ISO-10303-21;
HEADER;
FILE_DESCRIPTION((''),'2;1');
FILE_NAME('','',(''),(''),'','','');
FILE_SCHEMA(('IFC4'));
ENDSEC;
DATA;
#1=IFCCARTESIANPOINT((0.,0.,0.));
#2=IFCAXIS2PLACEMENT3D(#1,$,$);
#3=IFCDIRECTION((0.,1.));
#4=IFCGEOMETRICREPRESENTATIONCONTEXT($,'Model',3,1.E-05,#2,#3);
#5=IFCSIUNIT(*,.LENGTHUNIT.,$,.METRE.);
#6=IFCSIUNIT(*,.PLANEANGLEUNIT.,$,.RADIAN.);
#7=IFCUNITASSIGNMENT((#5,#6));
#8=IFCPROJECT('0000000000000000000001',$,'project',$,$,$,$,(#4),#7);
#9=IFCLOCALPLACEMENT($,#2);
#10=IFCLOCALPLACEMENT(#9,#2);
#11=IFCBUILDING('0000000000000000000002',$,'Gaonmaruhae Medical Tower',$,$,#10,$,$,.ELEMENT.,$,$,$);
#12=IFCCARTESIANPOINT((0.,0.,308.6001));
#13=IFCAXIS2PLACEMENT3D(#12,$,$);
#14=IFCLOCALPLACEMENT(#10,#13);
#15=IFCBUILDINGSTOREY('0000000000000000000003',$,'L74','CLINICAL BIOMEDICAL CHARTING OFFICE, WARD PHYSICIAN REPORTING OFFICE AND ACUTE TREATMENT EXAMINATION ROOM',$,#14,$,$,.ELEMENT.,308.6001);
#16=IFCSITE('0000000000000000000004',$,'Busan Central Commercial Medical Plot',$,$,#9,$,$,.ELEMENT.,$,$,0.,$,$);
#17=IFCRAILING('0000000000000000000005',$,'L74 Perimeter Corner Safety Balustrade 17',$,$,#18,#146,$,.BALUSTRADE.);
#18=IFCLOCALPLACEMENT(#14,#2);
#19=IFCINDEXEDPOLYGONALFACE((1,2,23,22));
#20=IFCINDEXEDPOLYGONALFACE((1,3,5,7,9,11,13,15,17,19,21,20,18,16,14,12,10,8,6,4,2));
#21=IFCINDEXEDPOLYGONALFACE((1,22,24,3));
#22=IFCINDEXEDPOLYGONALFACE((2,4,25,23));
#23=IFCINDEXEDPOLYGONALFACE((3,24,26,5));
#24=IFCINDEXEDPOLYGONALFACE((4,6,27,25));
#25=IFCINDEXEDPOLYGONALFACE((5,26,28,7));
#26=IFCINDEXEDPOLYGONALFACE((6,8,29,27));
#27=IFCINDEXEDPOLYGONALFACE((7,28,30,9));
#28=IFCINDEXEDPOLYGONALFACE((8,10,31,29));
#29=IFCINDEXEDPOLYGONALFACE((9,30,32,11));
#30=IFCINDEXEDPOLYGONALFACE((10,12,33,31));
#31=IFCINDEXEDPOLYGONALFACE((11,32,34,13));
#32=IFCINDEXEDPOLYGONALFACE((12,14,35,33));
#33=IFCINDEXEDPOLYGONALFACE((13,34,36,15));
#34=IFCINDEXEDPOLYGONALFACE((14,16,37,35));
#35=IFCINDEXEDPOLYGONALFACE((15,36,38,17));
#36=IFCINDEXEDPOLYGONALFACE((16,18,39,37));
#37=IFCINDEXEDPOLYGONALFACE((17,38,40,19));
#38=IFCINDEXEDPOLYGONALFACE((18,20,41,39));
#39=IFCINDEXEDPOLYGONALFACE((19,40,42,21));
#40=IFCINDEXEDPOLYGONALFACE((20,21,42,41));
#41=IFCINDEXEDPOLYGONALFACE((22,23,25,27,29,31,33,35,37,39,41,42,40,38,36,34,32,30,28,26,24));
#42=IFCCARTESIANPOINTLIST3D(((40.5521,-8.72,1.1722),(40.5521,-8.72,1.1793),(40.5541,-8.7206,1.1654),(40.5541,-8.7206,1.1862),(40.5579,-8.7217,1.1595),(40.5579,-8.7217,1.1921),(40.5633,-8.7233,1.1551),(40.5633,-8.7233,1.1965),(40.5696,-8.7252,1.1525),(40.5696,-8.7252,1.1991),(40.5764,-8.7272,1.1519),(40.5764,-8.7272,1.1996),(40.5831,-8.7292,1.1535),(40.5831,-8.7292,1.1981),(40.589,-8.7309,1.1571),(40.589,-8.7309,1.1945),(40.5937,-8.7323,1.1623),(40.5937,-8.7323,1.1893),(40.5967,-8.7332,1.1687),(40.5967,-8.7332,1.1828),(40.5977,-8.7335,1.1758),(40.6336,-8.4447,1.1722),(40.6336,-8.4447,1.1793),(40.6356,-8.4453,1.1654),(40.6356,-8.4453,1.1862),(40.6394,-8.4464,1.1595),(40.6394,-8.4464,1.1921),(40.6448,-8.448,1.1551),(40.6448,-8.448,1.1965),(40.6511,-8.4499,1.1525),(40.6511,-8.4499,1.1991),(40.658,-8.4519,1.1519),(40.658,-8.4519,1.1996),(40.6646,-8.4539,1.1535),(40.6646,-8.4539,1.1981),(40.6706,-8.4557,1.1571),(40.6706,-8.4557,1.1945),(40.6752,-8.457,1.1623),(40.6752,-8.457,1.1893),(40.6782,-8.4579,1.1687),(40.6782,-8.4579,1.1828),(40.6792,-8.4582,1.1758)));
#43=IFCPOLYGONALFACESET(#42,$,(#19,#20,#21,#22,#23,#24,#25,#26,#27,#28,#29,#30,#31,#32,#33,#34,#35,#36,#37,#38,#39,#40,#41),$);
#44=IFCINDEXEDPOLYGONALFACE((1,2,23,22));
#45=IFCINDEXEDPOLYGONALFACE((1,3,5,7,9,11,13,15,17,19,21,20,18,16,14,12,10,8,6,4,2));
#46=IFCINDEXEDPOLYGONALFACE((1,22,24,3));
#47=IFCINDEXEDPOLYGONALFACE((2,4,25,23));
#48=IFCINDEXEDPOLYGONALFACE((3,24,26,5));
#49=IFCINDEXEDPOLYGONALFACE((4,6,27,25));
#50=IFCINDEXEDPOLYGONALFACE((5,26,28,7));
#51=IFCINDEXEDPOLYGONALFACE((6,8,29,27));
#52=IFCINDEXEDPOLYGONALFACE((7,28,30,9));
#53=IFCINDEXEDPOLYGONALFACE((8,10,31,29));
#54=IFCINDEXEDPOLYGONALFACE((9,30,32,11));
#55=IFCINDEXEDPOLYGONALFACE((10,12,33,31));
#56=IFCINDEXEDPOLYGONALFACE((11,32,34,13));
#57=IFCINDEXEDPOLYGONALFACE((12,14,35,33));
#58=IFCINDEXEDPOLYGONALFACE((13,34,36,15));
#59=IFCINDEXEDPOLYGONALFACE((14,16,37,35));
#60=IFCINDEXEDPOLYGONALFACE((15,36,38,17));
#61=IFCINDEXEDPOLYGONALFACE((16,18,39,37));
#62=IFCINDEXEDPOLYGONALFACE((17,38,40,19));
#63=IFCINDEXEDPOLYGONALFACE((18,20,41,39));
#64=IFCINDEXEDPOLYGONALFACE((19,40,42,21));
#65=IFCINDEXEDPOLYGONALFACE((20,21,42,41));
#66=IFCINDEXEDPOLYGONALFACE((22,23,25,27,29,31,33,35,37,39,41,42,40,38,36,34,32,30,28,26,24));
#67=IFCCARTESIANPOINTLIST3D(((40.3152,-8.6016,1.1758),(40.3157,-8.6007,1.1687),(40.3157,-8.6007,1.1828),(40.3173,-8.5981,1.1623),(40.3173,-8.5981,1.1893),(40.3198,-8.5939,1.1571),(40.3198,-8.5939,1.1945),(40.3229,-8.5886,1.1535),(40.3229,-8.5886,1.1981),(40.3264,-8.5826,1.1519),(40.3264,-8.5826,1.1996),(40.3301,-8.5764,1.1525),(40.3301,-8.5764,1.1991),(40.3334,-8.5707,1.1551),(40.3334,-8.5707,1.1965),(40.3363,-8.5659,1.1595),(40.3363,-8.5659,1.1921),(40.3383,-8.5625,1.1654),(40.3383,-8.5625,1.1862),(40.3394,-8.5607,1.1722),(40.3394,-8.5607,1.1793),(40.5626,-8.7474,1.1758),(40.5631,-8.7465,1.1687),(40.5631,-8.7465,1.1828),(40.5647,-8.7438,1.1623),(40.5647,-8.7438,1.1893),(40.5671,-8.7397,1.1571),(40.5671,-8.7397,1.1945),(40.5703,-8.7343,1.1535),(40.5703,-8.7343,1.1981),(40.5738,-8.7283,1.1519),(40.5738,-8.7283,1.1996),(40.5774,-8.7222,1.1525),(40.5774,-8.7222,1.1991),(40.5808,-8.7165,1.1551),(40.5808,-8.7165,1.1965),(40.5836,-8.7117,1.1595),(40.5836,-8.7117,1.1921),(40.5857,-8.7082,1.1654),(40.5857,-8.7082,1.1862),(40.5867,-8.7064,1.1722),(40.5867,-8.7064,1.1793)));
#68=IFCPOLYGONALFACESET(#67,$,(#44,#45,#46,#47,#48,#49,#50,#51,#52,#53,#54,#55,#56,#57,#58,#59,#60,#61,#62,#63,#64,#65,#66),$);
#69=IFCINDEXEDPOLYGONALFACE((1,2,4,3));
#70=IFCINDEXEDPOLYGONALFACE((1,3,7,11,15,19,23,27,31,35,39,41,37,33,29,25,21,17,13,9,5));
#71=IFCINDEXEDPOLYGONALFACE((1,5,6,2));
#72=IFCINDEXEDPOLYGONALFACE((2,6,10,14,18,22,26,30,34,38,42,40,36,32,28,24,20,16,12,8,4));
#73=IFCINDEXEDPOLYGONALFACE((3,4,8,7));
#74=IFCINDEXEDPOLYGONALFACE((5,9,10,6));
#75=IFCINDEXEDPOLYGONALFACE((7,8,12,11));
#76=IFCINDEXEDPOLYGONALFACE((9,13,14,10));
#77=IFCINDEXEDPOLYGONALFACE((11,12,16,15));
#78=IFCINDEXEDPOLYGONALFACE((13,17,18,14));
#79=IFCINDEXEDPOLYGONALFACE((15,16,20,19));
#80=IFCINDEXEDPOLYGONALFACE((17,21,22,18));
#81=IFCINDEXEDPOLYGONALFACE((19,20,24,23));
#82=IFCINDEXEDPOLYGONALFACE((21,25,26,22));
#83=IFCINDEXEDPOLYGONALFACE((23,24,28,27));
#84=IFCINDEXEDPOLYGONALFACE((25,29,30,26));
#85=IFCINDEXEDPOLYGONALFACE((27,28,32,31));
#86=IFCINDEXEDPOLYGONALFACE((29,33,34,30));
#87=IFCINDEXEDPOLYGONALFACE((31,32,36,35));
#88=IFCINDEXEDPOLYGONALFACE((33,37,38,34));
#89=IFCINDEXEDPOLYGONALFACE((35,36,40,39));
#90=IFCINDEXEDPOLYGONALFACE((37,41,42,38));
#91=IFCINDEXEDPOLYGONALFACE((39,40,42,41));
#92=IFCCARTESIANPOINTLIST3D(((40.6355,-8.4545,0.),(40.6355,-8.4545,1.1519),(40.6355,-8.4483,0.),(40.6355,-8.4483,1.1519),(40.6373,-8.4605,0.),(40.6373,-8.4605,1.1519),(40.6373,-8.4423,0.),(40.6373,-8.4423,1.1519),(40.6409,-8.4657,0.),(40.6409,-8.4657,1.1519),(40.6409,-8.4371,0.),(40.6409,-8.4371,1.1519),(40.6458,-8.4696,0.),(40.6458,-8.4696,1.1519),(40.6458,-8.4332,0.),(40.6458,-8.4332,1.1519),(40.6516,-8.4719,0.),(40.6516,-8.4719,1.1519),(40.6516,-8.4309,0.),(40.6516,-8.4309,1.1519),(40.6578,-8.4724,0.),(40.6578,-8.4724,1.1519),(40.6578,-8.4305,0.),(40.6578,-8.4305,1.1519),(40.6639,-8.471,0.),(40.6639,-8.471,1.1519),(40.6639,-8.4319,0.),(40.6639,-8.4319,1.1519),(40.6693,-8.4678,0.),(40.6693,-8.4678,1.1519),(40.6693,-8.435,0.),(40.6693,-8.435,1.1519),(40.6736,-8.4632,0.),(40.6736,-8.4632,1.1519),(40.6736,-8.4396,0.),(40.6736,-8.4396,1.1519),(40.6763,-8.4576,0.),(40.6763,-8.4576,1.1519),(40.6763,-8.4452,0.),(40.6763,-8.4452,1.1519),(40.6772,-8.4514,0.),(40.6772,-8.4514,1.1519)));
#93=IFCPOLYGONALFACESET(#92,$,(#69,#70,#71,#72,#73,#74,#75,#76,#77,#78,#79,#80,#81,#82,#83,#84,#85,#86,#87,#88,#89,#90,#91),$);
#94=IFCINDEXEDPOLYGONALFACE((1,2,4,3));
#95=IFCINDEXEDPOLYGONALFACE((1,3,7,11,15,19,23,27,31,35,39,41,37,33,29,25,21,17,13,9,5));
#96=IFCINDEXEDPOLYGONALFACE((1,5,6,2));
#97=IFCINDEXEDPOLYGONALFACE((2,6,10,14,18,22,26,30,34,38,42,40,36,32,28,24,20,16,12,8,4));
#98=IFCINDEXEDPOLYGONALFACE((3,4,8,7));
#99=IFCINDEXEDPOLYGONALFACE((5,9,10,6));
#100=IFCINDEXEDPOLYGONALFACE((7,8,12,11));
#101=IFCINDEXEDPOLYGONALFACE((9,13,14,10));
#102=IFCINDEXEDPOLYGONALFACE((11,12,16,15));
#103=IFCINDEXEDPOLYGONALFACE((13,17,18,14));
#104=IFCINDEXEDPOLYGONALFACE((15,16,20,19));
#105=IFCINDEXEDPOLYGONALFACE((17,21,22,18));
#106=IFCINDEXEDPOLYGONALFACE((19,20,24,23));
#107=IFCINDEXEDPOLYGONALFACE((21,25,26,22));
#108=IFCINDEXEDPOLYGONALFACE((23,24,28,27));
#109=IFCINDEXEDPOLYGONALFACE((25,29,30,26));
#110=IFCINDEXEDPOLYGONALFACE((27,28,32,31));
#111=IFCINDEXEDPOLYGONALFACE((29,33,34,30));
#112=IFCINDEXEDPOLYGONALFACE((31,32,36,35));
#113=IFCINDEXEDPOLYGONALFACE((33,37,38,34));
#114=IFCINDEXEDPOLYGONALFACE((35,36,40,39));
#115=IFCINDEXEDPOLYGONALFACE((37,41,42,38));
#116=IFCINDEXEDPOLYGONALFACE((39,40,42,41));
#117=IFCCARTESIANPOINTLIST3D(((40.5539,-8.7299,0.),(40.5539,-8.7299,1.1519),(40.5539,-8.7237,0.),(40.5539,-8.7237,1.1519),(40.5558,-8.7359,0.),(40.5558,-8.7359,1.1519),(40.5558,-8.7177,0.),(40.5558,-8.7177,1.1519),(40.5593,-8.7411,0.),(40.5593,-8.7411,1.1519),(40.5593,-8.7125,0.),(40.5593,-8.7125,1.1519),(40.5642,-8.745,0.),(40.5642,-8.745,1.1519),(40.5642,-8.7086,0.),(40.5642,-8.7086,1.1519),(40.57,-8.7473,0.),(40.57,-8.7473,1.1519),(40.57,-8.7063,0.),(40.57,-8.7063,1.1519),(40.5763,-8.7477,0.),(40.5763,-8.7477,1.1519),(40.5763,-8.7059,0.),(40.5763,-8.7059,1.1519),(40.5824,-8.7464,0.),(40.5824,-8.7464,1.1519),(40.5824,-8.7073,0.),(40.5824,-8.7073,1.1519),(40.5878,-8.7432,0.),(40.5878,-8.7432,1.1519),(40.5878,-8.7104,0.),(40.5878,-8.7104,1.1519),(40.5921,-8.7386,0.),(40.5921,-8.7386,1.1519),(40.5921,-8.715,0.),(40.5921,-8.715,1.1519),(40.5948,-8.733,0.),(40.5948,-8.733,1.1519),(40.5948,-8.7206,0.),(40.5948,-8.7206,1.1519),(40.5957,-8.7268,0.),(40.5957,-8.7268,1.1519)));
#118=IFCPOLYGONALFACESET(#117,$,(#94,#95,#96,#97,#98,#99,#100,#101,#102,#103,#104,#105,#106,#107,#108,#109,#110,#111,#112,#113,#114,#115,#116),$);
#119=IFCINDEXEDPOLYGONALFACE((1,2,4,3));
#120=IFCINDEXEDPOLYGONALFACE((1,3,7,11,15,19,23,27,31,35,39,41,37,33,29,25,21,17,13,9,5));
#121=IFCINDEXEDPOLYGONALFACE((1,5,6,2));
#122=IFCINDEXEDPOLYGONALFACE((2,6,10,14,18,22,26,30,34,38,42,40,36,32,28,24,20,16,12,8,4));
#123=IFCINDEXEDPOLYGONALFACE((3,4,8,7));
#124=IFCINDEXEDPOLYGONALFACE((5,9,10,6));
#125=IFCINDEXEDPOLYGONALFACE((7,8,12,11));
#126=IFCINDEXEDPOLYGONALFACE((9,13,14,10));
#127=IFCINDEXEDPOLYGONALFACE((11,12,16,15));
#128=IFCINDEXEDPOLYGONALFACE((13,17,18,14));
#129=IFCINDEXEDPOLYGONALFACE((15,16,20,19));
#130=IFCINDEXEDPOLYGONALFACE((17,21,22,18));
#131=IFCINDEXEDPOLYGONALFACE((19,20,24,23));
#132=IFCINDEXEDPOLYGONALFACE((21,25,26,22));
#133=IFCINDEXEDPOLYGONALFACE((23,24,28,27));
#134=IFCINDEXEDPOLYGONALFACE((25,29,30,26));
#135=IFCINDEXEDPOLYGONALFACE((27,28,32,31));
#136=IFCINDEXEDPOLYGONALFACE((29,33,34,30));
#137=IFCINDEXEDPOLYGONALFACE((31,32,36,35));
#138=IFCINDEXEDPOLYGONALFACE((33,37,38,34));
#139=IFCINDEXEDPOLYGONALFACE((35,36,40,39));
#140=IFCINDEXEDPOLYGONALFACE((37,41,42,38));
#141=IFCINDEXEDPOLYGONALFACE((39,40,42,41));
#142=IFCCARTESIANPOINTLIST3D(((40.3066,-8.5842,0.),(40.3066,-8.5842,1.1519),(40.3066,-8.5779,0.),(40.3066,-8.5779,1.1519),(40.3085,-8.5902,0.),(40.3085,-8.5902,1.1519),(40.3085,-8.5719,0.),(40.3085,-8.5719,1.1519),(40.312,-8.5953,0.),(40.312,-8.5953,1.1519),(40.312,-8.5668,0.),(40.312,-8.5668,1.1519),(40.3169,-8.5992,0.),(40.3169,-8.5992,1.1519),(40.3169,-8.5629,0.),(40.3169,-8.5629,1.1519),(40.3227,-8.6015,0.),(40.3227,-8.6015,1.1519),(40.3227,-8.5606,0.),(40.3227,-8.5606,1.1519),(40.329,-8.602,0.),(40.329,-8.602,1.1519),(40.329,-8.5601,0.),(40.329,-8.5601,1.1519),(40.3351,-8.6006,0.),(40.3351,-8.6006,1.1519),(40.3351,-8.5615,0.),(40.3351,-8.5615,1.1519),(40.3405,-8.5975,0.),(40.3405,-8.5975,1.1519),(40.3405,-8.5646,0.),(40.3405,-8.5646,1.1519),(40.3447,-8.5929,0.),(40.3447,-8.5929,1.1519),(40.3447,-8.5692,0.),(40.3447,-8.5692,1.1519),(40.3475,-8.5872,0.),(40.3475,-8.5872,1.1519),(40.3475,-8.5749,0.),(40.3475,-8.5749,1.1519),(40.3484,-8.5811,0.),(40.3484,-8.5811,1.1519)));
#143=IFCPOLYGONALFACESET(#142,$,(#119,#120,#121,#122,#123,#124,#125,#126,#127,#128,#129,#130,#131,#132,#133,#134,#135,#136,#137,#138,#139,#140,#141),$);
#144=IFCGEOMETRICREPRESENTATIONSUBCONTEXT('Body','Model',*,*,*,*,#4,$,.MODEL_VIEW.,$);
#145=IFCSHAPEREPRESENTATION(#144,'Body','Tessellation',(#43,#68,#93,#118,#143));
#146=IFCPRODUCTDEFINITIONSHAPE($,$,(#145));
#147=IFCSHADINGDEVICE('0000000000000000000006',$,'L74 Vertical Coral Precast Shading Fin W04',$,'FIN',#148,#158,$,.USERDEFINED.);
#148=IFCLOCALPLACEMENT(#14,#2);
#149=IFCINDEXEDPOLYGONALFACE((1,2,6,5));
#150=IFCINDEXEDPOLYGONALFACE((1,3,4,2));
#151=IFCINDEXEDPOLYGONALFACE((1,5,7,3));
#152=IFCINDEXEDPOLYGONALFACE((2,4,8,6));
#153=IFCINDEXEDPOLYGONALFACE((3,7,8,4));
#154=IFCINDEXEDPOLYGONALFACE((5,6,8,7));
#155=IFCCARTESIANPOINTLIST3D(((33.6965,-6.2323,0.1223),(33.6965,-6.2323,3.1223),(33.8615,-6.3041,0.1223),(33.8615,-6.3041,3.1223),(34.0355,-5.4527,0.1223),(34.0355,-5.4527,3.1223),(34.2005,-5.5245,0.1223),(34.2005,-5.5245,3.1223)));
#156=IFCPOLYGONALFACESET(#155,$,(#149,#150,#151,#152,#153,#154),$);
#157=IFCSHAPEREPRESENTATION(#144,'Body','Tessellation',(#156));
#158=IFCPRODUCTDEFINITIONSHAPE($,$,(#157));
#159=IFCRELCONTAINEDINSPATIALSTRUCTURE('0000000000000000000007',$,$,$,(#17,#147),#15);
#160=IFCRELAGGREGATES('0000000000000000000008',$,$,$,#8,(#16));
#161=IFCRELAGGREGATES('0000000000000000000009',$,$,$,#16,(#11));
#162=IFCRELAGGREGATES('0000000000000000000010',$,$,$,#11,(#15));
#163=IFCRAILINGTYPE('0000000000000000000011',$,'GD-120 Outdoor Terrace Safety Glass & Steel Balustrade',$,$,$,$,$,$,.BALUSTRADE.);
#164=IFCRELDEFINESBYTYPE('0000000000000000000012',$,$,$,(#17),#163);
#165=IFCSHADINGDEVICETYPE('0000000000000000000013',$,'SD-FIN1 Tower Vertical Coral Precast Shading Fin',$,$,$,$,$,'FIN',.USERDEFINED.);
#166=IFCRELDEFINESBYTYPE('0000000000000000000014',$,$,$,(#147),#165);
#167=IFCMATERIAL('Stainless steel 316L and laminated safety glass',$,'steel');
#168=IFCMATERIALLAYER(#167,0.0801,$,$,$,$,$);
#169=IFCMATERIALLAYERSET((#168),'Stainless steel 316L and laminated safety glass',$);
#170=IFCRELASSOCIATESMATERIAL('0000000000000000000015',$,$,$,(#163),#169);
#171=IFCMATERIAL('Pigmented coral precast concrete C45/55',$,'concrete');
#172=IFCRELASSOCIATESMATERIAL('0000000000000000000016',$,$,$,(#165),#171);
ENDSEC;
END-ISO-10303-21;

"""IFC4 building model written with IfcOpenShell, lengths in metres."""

from ifc_helpers import new_model, si_unit, direction, frame, origin, origin_2d, place, context, subcontext, project, spatial, rectangle, circle, extrude, material, layer, layer_set, type_object, element, save


model = new_model("IFC4")

# Units and contexts
model_context = context("Model", 3, precision=1e-05, world=origin(), true_north=direction((0.0, 1.0)))
body_context = subcontext(model_context, "Body", "Model", "MODEL_VIEW")
ifc_project = project(units=[si_unit("LENGTHUNIT", "METRE"), si_unit("PLANEANGLEUNIT", "RADIAN")], contexts=[model_context])

# Site, building, storey
site_placement = place(None, origin())
site = spatial("IfcSite", under=ifc_project, at=site_placement, Name="Busan Central Commercial Medical Plot", CompositionType="ELEMENT", RefElevation=0.0)
building_placement = place(site_placement, origin())
building = spatial("IfcBuilding", under=site, at=building_placement, Name="Gaonmaruhae Medical Tower", CompositionType="ELEMENT")
storey_placement = place(building_placement, frame((0.0, 0.0, 308.6001)))
storey = spatial("IfcBuildingStorey", under=building, at=storey_placement, Name="L74", Description="CLINICAL BIOMEDICAL CHARTING OFFICE, WARD PHYSICIAN REPORTING OFFICE AND ACUTE TREATMENT EXAMINATION ROOM", CompositionType="ELEMENT", Elevation=308.6001)

# Railing
ifc_material_1 = material(Name="Stainless steel 316L and laminated safety glass", Category="steel")
ifc_layer_1 = layer(ifc_material_1, 0.0801)
ifc_layer_set_1 = layer_set([ifc_layer_1], Name="Stainless steel 316L and laminated safety glass")
railing_type = type_object("IfcRailingType", Name="GD-120 Outdoor Terrace Safety Glass & Steel Balustrade", PredefinedType="BALUSTRADE", material=ifc_layer_set_1)
railing_placement = place(storey_placement, frame((40.6562, -8.4514, 0.0)))
element("IfcRailing", 1, at=railing_placement, inside=storey, type_object=railing_type, Name="L74 Perimeter Corner Safety Balustrade 17", PredefinedType="BALUSTRADE", context=body_context, shape_type="SweptSolid", body=[
    extrude(circle(Radius=0.0239, at=origin_2d()), frame((0.0, 0.0, 1.1758), z_axis=(-0.283915, -0.95885, 0.0), x_axis=(0.95885, -0.283915, 0.0)), (0.0, 0.0, 1.0), 0.2871),
    extrude(circle(Radius=0.0239, at=origin_2d()), frame((-0.0815, -0.2754, 1.1758), z_axis=(-0.861519, 0.507726, 0.0), x_axis=(-0.507726, -0.861519, 0.0)), (0.0, 0.0, 1.0), 0.2871),
    extrude(circle(Radius=0.021, at=origin_2d()), origin(), (0.0, 0.0, 1.0), 1.1519),
    extrude(circle(Radius=0.021, at=origin_2d()), frame((-0.0815, -0.2754, 0.0)), (0.0, 0.0, 1.0), 1.1519),
    extrude(circle(Radius=0.021, at=origin_2d()), frame((-0.3289, -0.1296, 0.0)), (0.0, 0.0, 1.0), 1.1519),
])

# Shading device
ifc_material_2 = material(Name="Pigmented coral precast concrete C45/55", Category="concrete")
shading_device_type = type_object("IfcShadingDeviceType", Name="SD-FIN1 Tower Vertical Coral Precast Shading Fin", ElementType="FIN", PredefinedType="USERDEFINED", material=ifc_material_2)
shading_device_placement = place(storey_placement, frame((33.9485, -5.8784, 0.1223), z_axis=(0.0, 0.0, 1.0), x_axis=(-0.91706, 0.398749, 0.0)))
element("IfcShadingDevice", 2, at=shading_device_placement, inside=storey, type_object=shading_device_type, Name="L74 Vertical Coral Precast Shading Fin W04", ObjectType="FIN", PredefinedType="USERDEFINED", context=body_context, shape_type="SweptSolid", body=[
    extrude(rectangle(XDim=0.1799, YDim=0.8501, at=origin_2d()), origin(), (0.0, 0.0, 1.0), 3.0),
])

save(model, "model.ifc")
